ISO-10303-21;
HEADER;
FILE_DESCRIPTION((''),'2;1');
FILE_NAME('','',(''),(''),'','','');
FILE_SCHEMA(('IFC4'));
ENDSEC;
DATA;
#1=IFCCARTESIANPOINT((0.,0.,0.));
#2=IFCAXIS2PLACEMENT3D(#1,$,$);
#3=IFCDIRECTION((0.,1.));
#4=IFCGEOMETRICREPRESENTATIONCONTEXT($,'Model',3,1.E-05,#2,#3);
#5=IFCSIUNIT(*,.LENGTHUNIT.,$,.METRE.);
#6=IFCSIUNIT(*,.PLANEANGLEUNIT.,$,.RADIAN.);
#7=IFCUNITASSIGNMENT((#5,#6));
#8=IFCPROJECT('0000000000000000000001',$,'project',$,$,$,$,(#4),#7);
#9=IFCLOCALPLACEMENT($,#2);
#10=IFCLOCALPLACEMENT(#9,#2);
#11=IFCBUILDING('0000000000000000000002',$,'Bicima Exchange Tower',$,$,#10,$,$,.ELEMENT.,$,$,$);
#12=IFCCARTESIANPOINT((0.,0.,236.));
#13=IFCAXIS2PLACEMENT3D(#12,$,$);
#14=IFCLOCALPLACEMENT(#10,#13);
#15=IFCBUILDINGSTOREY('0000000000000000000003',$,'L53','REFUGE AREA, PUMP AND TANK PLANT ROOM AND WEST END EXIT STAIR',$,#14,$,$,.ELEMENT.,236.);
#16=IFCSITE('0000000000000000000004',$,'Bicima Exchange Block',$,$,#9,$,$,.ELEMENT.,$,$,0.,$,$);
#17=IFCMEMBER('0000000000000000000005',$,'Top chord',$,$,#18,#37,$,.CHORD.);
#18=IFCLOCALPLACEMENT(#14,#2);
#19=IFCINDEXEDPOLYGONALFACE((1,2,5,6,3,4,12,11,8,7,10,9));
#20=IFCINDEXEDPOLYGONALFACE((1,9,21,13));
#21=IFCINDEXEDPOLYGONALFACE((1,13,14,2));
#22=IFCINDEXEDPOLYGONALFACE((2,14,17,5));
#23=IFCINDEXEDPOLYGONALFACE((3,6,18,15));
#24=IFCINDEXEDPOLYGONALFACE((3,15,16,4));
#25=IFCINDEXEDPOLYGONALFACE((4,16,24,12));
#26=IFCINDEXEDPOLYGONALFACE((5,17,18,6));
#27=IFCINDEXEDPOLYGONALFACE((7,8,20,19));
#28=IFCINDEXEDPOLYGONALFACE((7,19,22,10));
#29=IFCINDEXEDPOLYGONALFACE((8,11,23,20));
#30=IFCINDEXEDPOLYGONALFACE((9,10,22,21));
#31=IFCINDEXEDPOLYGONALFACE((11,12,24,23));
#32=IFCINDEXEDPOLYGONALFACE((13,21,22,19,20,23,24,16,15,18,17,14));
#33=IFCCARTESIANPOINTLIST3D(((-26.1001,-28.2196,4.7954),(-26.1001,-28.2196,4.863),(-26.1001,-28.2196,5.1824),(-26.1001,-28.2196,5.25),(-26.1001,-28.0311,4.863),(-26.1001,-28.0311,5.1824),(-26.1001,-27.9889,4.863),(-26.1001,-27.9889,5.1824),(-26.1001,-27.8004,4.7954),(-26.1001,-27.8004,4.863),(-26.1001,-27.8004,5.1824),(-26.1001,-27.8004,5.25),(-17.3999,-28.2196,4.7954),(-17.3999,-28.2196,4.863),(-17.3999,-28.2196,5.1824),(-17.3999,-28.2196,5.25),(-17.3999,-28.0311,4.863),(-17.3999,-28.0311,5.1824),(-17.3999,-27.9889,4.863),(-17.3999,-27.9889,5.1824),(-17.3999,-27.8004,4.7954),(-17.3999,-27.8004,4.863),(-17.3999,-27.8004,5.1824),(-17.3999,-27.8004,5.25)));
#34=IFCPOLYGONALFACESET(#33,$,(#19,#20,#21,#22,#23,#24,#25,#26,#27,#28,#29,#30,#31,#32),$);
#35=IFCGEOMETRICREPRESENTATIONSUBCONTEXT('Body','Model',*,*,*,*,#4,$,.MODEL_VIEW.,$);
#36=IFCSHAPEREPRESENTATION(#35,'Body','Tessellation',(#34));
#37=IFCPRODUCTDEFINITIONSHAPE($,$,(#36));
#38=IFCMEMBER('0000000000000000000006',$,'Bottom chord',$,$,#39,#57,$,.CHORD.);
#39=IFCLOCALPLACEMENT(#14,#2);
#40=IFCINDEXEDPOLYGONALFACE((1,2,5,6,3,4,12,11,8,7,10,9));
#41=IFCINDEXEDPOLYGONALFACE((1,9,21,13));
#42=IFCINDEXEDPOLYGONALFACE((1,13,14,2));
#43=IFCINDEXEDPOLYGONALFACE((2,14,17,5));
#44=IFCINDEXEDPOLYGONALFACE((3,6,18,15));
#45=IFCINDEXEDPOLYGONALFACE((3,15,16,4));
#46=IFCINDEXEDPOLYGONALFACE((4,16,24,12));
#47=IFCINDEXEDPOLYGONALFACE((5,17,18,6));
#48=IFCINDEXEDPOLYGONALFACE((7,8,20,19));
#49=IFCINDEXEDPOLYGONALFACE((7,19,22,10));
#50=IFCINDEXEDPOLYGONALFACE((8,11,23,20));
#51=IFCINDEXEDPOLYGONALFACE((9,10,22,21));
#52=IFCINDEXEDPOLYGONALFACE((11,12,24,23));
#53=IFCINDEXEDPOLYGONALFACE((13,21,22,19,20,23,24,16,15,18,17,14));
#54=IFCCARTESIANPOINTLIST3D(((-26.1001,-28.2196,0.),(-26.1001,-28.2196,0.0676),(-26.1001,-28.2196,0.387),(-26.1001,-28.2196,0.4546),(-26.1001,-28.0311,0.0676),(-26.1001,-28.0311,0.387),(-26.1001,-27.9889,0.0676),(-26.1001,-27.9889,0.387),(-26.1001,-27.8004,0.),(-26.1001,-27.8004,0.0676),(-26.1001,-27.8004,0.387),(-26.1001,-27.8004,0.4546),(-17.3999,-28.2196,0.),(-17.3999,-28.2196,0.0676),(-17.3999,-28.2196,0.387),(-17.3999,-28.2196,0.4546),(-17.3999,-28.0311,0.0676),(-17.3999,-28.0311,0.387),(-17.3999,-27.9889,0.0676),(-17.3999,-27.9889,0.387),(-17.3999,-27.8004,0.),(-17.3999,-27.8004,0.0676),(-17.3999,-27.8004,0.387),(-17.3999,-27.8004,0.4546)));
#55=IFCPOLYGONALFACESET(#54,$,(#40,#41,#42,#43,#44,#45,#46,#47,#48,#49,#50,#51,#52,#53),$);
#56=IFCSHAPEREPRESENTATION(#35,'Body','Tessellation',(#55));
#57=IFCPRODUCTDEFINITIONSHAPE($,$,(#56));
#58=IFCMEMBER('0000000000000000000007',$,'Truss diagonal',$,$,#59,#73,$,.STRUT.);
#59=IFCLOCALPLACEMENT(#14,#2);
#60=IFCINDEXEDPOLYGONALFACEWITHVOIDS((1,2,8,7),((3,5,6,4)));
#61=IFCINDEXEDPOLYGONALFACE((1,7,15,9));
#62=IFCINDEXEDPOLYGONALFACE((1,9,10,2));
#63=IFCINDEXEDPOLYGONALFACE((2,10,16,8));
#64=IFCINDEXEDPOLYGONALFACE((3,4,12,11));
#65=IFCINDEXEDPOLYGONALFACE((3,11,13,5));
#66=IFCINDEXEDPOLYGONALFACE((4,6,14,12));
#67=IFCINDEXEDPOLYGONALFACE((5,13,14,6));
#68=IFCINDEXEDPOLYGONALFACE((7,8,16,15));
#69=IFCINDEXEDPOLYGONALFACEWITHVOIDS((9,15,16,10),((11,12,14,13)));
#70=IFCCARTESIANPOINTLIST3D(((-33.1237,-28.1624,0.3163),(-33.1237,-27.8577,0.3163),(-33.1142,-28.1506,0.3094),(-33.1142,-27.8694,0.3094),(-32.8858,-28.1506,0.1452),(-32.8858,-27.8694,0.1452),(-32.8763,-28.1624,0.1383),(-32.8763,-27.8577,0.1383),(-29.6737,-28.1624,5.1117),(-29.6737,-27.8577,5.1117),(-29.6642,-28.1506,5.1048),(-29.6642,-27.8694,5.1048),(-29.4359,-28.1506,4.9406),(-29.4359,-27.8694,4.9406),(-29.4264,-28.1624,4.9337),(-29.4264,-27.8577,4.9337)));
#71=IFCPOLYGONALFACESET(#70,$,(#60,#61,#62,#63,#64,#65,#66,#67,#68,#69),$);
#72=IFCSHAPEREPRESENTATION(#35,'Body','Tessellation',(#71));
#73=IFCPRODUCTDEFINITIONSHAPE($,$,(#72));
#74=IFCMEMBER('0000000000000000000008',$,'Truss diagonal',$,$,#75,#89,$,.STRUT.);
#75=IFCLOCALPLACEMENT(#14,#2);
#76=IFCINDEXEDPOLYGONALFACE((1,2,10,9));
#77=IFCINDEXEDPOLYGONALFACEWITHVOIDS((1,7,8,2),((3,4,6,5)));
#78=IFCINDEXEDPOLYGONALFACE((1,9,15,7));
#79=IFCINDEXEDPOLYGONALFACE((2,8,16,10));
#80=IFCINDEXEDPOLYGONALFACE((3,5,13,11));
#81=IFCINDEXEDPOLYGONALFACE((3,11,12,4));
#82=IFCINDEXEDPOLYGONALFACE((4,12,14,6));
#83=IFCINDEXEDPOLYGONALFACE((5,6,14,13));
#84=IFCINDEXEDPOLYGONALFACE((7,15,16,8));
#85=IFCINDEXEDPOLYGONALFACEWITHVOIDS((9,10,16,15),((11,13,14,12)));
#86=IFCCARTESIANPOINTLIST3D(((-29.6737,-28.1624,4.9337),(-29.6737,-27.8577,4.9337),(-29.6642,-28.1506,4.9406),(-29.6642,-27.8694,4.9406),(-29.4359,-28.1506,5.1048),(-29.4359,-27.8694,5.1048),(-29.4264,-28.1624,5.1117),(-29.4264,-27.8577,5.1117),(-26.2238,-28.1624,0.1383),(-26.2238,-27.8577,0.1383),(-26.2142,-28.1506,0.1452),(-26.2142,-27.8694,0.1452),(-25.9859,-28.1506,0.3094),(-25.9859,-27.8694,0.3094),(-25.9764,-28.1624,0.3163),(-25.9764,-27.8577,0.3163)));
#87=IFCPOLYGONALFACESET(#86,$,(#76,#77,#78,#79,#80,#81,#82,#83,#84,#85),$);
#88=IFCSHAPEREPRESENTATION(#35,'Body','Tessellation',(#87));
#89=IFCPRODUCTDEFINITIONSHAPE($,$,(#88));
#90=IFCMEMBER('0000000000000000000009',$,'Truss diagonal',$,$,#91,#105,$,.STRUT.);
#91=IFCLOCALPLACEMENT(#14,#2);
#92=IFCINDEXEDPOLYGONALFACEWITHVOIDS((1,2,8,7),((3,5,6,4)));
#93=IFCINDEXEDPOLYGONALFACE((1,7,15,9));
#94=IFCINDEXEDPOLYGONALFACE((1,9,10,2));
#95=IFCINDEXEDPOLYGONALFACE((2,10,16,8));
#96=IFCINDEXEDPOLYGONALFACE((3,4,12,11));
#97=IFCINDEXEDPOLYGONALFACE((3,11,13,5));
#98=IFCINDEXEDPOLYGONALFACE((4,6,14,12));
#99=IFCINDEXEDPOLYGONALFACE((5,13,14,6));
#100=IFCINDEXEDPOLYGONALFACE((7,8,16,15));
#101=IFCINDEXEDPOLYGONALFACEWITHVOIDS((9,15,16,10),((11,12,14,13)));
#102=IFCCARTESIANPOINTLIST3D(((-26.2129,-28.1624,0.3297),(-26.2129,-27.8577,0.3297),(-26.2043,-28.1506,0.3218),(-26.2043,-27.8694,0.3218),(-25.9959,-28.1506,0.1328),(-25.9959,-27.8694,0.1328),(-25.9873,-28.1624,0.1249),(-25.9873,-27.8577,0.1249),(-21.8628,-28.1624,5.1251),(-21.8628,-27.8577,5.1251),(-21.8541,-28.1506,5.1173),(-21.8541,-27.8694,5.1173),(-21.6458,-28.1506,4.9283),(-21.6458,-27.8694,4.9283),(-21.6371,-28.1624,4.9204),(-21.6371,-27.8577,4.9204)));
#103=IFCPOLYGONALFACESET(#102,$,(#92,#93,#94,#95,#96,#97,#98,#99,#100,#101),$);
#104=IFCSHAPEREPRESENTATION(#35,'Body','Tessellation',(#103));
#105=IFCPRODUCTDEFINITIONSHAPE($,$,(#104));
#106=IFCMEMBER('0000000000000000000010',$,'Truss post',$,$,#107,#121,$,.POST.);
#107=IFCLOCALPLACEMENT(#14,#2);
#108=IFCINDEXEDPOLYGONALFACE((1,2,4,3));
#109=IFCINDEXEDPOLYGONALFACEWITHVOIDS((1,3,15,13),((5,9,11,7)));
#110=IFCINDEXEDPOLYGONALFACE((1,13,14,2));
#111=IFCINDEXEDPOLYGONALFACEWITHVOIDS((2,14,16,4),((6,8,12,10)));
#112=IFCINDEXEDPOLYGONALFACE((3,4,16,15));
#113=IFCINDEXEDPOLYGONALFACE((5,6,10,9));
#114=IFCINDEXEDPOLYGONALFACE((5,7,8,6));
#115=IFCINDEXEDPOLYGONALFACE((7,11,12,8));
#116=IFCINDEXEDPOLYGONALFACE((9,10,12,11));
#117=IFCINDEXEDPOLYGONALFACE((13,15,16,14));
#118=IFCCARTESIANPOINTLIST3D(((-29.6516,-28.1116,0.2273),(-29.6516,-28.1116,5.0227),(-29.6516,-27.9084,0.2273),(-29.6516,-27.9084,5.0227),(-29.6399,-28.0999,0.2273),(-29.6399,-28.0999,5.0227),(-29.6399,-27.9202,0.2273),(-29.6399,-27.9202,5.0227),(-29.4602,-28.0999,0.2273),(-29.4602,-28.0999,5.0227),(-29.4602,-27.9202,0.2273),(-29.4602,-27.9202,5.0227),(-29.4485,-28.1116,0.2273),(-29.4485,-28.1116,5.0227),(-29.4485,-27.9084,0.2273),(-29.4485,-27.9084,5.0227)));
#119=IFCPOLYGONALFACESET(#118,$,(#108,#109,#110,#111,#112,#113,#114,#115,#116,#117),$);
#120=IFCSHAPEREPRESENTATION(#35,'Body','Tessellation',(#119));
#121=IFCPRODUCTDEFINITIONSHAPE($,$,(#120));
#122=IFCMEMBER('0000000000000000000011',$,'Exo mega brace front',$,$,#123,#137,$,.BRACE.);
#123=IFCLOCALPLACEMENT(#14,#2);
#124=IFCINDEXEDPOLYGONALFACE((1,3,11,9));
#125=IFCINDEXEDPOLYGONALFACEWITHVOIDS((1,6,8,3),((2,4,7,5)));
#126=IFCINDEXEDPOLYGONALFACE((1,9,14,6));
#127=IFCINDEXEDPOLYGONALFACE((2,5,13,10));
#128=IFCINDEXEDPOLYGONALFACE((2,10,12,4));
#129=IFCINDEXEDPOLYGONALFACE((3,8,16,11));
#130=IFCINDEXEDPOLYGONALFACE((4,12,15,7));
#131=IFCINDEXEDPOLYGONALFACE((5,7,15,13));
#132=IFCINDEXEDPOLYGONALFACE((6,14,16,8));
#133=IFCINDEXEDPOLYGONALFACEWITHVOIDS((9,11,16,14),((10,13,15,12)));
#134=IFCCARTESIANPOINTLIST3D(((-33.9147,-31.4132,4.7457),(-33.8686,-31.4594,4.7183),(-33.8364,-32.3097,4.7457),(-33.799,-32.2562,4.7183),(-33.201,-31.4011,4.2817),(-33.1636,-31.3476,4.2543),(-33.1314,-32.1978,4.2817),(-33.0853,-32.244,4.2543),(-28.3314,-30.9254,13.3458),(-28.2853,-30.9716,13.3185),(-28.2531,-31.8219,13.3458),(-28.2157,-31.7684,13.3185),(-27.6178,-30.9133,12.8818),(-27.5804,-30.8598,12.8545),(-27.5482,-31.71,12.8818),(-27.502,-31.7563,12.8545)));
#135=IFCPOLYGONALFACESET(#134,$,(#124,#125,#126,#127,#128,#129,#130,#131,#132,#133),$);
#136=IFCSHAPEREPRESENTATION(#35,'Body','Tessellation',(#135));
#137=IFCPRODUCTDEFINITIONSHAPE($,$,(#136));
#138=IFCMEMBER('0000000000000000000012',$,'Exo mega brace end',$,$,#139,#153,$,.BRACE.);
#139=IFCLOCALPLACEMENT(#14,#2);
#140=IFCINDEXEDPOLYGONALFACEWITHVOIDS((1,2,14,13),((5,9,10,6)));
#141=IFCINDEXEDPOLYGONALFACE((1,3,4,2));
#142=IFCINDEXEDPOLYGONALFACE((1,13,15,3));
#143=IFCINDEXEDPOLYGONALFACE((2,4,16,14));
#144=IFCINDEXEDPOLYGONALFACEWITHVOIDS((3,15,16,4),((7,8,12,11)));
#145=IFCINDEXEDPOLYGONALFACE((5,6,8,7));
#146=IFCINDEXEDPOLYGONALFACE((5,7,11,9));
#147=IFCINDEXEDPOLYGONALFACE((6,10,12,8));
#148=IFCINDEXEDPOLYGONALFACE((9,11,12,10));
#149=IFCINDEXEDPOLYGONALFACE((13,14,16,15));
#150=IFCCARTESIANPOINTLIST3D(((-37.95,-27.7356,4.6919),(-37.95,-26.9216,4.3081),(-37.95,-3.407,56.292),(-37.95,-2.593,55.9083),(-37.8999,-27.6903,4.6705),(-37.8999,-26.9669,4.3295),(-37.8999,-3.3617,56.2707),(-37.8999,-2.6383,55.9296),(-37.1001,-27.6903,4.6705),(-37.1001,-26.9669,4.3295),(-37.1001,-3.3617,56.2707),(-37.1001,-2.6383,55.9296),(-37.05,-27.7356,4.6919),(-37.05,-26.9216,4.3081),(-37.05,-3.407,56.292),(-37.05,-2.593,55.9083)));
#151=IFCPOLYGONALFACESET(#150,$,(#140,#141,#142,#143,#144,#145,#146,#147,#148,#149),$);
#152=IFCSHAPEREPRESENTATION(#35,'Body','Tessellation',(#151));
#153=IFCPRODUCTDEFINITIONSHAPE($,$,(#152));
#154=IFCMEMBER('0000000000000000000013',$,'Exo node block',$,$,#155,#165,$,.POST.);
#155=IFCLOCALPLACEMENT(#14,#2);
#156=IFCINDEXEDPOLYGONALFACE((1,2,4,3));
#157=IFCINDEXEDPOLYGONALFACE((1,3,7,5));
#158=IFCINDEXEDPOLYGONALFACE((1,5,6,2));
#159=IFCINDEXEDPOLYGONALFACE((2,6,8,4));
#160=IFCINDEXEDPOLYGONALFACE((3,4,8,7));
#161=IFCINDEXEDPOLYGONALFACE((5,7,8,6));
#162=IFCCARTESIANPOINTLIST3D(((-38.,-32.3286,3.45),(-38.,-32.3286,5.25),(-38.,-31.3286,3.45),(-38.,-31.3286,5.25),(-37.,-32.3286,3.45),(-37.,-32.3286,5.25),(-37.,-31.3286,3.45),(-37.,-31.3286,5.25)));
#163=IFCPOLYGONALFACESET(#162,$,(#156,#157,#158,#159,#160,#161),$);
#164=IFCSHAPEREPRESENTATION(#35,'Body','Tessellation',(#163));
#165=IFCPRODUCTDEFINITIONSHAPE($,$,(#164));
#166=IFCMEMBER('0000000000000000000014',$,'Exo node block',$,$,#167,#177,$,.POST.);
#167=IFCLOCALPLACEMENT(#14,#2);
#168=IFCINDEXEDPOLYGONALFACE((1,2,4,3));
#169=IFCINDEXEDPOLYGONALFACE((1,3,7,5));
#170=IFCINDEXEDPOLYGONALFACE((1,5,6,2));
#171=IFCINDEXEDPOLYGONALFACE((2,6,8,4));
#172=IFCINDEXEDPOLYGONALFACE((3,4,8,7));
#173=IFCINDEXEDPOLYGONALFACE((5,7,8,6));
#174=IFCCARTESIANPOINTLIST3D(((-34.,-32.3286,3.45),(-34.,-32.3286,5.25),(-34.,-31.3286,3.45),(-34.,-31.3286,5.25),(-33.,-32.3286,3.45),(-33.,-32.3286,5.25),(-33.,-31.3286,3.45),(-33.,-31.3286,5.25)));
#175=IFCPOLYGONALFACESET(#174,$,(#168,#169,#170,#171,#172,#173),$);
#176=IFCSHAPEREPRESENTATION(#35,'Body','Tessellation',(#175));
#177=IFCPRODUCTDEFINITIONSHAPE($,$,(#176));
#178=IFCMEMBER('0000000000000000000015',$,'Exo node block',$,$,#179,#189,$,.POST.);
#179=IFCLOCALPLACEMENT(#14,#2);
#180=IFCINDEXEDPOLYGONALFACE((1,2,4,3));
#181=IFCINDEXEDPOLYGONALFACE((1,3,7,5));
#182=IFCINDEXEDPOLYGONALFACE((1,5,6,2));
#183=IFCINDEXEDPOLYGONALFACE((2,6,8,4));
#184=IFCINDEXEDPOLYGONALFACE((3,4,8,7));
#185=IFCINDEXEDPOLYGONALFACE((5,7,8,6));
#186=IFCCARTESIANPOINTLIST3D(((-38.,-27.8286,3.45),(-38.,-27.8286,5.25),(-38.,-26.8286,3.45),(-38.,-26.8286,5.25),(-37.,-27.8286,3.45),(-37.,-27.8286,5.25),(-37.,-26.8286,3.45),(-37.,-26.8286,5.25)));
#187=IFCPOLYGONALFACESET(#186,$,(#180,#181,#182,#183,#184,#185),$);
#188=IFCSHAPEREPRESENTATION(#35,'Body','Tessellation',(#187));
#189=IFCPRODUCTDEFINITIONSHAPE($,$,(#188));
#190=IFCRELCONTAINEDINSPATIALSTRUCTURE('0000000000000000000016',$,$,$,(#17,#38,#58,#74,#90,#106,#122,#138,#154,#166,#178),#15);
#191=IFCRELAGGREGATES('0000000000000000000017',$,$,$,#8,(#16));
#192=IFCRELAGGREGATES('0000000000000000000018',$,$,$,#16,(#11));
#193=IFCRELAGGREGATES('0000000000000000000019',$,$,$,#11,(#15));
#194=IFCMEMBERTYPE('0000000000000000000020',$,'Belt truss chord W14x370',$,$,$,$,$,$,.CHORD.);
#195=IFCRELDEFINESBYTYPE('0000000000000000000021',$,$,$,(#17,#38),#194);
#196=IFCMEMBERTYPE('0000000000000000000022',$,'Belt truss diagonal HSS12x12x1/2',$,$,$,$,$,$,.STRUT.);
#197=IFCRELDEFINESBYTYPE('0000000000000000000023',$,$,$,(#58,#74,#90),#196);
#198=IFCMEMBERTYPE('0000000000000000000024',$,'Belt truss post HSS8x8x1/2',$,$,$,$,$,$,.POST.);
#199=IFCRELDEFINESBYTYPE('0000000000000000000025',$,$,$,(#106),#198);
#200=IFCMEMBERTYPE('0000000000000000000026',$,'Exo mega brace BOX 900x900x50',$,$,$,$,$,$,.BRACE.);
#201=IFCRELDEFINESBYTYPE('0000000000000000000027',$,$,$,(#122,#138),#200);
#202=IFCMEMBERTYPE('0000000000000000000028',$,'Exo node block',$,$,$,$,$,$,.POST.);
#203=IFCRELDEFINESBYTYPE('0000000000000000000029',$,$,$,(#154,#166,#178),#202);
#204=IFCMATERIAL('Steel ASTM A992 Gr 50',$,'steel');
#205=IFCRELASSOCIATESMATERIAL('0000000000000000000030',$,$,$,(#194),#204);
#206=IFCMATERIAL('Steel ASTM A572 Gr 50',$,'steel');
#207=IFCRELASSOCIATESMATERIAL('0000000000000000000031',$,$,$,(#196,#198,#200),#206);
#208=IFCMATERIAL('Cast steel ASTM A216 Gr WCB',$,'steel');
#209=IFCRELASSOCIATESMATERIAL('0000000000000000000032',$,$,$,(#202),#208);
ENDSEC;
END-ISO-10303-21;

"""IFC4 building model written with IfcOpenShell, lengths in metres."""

from ifc_helpers import new_model, si_unit, direction, frame, origin, origin_2d, place, context, subcontext, project, spatial, rectangle, hollow_rectangle, i_section, extrude, material, material_profile, profile_set, type_object, element, save


model = new_model("IFC4")

# Units and contexts
model_context = context("Model", 3, precision=1e-05, world=origin(), true_north=direction((0.0, 1.0)))
body_context = subcontext(model_context, "Body", "Model", "MODEL_VIEW")
ifc_project = project(units=[si_unit("LENGTHUNIT", "METRE"), si_unit("PLANEANGLEUNIT", "RADIAN")], contexts=[model_context])

# Site, building, storey
site_placement = place(None, origin())
site = spatial("IfcSite", under=ifc_project, at=site_placement, Name="Bicima Exchange Block", CompositionType="ELEMENT", RefElevation=0.0)
building_placement = place(site_placement, origin())
building = spatial("IfcBuilding", under=site, at=building_placement, Name="Bicima Exchange Tower", CompositionType="ELEMENT")
storey_placement = place(building_placement, frame((0.0, 0.0, 236.0)))
storey = spatial("IfcBuildingStorey", under=building, at=storey_placement, Name="L53", Description="REFUGE AREA, PUMP AND TANK PLANT ROOM AND WEST END EXIT STAIR", CompositionType="ELEMENT", Elevation=236.0)

# Shared definitions
ifc_material_1 = material(Name="Steel ASTM A572 Gr 50", Category="steel")
ifc_material_2 = material(Name="Steel ASTM A992 Gr 50", Category="steel")

# Members
ifc_material_profile_1 = material_profile(ifc_material_2, i_section(OverallWidth=0.4192, OverallDepth=0.4546, WebThickness=0.0422, FlangeThickness=0.0676, at=origin_2d()))
ifc_profile_set_1 = profile_set([ifc_material_profile_1], Name="Steel ASTM A992 Gr 50")
member_type_1 = type_object("IfcMemberType", Name="Belt truss chord W14x370", PredefinedType="CHORD", material=ifc_profile_set_1)
for number, where, z_axis, x_axis, name in (
    (1, (-26.1001, -28.01, 5.0227), (1.0, 0.0, 0.0), (0.0, 1.0, 0.0), "Top chord"),
    (2, (-26.1001, -28.01, 0.2273), (1.0, 0.0, 0.0), (0.0, 1.0, 0.0), "Bottom chord"),
):
    element("IfcMember", number, at=place(storey_placement, frame(where, z_axis=z_axis, x_axis=x_axis)), inside=storey, type_object=member_type_1, Name=name, PredefinedType="CHORD", context=body_context, shape_type="SweptSolid", body=[
        extrude(i_section(OverallWidth=0.4192, OverallDepth=0.4546, WebThickness=0.0422, FlangeThickness=0.0676, at=origin_2d()), origin(), (0.0, 0.0, 1.0), 8.7002),
    ])
ifc_material_profile_2 = material_profile(ifc_material_1, hollow_rectangle(XDim=0.3047, YDim=0.3047, WallThickness=0.0117, at=origin_2d()))
ifc_profile_set_2 = profile_set([ifc_material_profile_2], Name="Steel ASTM A572 Gr 50")
member_type_2 = type_object("IfcMemberType", Name="Belt truss diagonal HSS12x12x1/2", PredefinedType="STRUT", material=ifc_profile_set_2)
for number, where, z_axis, x_axis, name in (
    (3, (-33.0, -28.01, 0.2273), (0.583999, 0.0, 0.811755), (0.0, 1.0, 0.0), "Truss diagonal"),
    (4, (-29.55, -28.01, 5.0227), (0.583999, 0.0, -0.811755), (0.0, 1.0, 0.0), "Truss diagonal"),
):
    element("IfcMember", number, at=place(storey_placement, frame(where, z_axis=z_axis, x_axis=x_axis)), inside=storey, type_object=member_type_2, Name=name, PredefinedType="STRUT", context=body_context, shape_type="SweptSolid", body=[
        extrude(hollow_rectangle(XDim=0.3047, YDim=0.3047, WallThickness=0.0117, at=origin_2d()), origin(), (0.0, 0.0, 1.0), 5.9075),
    ])
member_1_placement = place(storey_placement, frame((-26.1001, -28.01, 0.2273), z_axis=(0.67188, 0.0, 0.74066), x_axis=(0.0, 1.0, 0.0)))
element("IfcMember", 5, at=member_1_placement, inside=storey, type_object=member_type_2, Name="Truss diagonal", PredefinedType="STRUT", context=body_context, shape_type="SweptSolid", body=[
    extrude(hollow_rectangle(XDim=0.3047, YDim=0.3047, WallThickness=0.0117, at=origin_2d()), origin(), (0.0, 0.0, 1.0), 6.4746),
])
ifc_material_profile_3 = material_profile(ifc_material_1, hollow_rectangle(XDim=0.2031, YDim=0.2031, WallThickness=0.0117, at=origin_2d()))
ifc_profile_set_3 = profile_set([ifc_material_profile_3], Name="Steel ASTM A572 Gr 50")
member_type_3 = type_object("IfcMemberType", Name="Belt truss post HSS8x8x1/2", PredefinedType="POST", material=ifc_profile_set_3)
member_2_placement = place(storey_placement, frame((-29.55, -28.01, 0.2273), z_axis=(0.0, 0.0, 1.0), x_axis=(1.0, 0.0, 0.0)))
element("IfcMember", 6, at=member_2_placement, inside=storey, type_object=member_type_3, Name="Truss post", PredefinedType="POST", context=body_context, shape_type="SweptSolid", body=[
    extrude(hollow_rectangle(XDim=0.2031, YDim=0.2031, WallThickness=0.0117, at=origin_2d()), origin(), (0.0, 0.0, 1.0), 4.7954),
])
ifc_material_profile_4 = material_profile(ifc_material_1, hollow_rectangle(XDim=0.8999, YDim=0.8999, WallThickness=0.05, at=origin_2d()))
ifc_profile_set_4 = profile_set([ifc_material_profile_4], Name="Steel ASTM A572 Gr 50")
member_type_4 = type_object("IfcMemberType", Name="Exo mega brace BOX 900x900x50", PredefinedType="BRACE", material=ifc_profile_set_4)
member_3_placement = place(storey_placement, frame((-33.5, -31.8286, 4.5), z_axis=(0.543906, 0.04752, 0.8378), x_axis=(-0.087036, 0.996205, 0.0)))
element("IfcMember", 7, at=member_3_placement, inside=storey, type_object=member_type_4, Name="Exo mega brace front", PredefinedType="BRACE", context=body_context, shape_type="SweptSolid", body=[
    extrude(hollow_rectangle(XDim=0.8999, YDim=0.8999, WallThickness=0.05, at=origin_2d()), origin(), (0.0, 0.0, 1.0), 10.2651),
])
member_4_placement = place(storey_placement, frame((-37.5, -27.3286, 4.5), z_axis=(0.0, 0.42646, 0.904506), x_axis=(-1.0, 0.0, 0.0)))
element("IfcMember", 8, at=member_4_placement, inside=storey, type_object=member_type_4, Name="Exo mega brace end", PredefinedType="BRACE", context=body_context, shape_type="SweptSolid", body=[
    extrude(hollow_rectangle(XDim=0.8999, YDim=0.8999, WallThickness=0.05, at=origin_2d()), origin(), (0.0, 0.0, 1.0), 57.0479),
])
ifc_material_3 = material(Name="Cast steel ASTM A216 Gr WCB", Category="steel")
ifc_material_profile_5 = material_profile(ifc_material_3, rectangle(XDim=1.0, YDim=1.0, at=origin_2d()))
ifc_profile_set_5 = profile_set([ifc_material_profile_5], Name="Cast steel ASTM A216 Gr WCB")
member_type_5 = type_object("IfcMemberType", Name="Exo node block", PredefinedType="POST", material=ifc_profile_set_5)
for number, where, z_axis, x_axis, name in (
    (9, (-37.5, -31.8286, 3.45), (0.0, 0.0, 1.0), (1.0, 0.0, 0.0), "Exo node block"),
    (10, (-33.5, -31.8286, 3.45), (0.0, 0.0, 1.0), (1.0, 0.0, 0.0), "Exo node block"),
    (11, (-37.5, -27.3286, 3.45), (0.0, 0.0, 1.0), (1.0, 0.0, 0.0), "Exo node block"),
):
    element("IfcMember", number, at=place(storey_placement, frame(where, z_axis=z_axis, x_axis=x_axis)), inside=storey, type_object=member_type_5, Name=name, PredefinedType="POST", context=body_context, shape_type="SweptSolid", body=[
        extrude(rectangle(XDim=1.0, YDim=1.0, at=origin_2d()), origin(), (0.0, 0.0, 1.0), 1.8),
    ])

save(model, "model.ifc")
